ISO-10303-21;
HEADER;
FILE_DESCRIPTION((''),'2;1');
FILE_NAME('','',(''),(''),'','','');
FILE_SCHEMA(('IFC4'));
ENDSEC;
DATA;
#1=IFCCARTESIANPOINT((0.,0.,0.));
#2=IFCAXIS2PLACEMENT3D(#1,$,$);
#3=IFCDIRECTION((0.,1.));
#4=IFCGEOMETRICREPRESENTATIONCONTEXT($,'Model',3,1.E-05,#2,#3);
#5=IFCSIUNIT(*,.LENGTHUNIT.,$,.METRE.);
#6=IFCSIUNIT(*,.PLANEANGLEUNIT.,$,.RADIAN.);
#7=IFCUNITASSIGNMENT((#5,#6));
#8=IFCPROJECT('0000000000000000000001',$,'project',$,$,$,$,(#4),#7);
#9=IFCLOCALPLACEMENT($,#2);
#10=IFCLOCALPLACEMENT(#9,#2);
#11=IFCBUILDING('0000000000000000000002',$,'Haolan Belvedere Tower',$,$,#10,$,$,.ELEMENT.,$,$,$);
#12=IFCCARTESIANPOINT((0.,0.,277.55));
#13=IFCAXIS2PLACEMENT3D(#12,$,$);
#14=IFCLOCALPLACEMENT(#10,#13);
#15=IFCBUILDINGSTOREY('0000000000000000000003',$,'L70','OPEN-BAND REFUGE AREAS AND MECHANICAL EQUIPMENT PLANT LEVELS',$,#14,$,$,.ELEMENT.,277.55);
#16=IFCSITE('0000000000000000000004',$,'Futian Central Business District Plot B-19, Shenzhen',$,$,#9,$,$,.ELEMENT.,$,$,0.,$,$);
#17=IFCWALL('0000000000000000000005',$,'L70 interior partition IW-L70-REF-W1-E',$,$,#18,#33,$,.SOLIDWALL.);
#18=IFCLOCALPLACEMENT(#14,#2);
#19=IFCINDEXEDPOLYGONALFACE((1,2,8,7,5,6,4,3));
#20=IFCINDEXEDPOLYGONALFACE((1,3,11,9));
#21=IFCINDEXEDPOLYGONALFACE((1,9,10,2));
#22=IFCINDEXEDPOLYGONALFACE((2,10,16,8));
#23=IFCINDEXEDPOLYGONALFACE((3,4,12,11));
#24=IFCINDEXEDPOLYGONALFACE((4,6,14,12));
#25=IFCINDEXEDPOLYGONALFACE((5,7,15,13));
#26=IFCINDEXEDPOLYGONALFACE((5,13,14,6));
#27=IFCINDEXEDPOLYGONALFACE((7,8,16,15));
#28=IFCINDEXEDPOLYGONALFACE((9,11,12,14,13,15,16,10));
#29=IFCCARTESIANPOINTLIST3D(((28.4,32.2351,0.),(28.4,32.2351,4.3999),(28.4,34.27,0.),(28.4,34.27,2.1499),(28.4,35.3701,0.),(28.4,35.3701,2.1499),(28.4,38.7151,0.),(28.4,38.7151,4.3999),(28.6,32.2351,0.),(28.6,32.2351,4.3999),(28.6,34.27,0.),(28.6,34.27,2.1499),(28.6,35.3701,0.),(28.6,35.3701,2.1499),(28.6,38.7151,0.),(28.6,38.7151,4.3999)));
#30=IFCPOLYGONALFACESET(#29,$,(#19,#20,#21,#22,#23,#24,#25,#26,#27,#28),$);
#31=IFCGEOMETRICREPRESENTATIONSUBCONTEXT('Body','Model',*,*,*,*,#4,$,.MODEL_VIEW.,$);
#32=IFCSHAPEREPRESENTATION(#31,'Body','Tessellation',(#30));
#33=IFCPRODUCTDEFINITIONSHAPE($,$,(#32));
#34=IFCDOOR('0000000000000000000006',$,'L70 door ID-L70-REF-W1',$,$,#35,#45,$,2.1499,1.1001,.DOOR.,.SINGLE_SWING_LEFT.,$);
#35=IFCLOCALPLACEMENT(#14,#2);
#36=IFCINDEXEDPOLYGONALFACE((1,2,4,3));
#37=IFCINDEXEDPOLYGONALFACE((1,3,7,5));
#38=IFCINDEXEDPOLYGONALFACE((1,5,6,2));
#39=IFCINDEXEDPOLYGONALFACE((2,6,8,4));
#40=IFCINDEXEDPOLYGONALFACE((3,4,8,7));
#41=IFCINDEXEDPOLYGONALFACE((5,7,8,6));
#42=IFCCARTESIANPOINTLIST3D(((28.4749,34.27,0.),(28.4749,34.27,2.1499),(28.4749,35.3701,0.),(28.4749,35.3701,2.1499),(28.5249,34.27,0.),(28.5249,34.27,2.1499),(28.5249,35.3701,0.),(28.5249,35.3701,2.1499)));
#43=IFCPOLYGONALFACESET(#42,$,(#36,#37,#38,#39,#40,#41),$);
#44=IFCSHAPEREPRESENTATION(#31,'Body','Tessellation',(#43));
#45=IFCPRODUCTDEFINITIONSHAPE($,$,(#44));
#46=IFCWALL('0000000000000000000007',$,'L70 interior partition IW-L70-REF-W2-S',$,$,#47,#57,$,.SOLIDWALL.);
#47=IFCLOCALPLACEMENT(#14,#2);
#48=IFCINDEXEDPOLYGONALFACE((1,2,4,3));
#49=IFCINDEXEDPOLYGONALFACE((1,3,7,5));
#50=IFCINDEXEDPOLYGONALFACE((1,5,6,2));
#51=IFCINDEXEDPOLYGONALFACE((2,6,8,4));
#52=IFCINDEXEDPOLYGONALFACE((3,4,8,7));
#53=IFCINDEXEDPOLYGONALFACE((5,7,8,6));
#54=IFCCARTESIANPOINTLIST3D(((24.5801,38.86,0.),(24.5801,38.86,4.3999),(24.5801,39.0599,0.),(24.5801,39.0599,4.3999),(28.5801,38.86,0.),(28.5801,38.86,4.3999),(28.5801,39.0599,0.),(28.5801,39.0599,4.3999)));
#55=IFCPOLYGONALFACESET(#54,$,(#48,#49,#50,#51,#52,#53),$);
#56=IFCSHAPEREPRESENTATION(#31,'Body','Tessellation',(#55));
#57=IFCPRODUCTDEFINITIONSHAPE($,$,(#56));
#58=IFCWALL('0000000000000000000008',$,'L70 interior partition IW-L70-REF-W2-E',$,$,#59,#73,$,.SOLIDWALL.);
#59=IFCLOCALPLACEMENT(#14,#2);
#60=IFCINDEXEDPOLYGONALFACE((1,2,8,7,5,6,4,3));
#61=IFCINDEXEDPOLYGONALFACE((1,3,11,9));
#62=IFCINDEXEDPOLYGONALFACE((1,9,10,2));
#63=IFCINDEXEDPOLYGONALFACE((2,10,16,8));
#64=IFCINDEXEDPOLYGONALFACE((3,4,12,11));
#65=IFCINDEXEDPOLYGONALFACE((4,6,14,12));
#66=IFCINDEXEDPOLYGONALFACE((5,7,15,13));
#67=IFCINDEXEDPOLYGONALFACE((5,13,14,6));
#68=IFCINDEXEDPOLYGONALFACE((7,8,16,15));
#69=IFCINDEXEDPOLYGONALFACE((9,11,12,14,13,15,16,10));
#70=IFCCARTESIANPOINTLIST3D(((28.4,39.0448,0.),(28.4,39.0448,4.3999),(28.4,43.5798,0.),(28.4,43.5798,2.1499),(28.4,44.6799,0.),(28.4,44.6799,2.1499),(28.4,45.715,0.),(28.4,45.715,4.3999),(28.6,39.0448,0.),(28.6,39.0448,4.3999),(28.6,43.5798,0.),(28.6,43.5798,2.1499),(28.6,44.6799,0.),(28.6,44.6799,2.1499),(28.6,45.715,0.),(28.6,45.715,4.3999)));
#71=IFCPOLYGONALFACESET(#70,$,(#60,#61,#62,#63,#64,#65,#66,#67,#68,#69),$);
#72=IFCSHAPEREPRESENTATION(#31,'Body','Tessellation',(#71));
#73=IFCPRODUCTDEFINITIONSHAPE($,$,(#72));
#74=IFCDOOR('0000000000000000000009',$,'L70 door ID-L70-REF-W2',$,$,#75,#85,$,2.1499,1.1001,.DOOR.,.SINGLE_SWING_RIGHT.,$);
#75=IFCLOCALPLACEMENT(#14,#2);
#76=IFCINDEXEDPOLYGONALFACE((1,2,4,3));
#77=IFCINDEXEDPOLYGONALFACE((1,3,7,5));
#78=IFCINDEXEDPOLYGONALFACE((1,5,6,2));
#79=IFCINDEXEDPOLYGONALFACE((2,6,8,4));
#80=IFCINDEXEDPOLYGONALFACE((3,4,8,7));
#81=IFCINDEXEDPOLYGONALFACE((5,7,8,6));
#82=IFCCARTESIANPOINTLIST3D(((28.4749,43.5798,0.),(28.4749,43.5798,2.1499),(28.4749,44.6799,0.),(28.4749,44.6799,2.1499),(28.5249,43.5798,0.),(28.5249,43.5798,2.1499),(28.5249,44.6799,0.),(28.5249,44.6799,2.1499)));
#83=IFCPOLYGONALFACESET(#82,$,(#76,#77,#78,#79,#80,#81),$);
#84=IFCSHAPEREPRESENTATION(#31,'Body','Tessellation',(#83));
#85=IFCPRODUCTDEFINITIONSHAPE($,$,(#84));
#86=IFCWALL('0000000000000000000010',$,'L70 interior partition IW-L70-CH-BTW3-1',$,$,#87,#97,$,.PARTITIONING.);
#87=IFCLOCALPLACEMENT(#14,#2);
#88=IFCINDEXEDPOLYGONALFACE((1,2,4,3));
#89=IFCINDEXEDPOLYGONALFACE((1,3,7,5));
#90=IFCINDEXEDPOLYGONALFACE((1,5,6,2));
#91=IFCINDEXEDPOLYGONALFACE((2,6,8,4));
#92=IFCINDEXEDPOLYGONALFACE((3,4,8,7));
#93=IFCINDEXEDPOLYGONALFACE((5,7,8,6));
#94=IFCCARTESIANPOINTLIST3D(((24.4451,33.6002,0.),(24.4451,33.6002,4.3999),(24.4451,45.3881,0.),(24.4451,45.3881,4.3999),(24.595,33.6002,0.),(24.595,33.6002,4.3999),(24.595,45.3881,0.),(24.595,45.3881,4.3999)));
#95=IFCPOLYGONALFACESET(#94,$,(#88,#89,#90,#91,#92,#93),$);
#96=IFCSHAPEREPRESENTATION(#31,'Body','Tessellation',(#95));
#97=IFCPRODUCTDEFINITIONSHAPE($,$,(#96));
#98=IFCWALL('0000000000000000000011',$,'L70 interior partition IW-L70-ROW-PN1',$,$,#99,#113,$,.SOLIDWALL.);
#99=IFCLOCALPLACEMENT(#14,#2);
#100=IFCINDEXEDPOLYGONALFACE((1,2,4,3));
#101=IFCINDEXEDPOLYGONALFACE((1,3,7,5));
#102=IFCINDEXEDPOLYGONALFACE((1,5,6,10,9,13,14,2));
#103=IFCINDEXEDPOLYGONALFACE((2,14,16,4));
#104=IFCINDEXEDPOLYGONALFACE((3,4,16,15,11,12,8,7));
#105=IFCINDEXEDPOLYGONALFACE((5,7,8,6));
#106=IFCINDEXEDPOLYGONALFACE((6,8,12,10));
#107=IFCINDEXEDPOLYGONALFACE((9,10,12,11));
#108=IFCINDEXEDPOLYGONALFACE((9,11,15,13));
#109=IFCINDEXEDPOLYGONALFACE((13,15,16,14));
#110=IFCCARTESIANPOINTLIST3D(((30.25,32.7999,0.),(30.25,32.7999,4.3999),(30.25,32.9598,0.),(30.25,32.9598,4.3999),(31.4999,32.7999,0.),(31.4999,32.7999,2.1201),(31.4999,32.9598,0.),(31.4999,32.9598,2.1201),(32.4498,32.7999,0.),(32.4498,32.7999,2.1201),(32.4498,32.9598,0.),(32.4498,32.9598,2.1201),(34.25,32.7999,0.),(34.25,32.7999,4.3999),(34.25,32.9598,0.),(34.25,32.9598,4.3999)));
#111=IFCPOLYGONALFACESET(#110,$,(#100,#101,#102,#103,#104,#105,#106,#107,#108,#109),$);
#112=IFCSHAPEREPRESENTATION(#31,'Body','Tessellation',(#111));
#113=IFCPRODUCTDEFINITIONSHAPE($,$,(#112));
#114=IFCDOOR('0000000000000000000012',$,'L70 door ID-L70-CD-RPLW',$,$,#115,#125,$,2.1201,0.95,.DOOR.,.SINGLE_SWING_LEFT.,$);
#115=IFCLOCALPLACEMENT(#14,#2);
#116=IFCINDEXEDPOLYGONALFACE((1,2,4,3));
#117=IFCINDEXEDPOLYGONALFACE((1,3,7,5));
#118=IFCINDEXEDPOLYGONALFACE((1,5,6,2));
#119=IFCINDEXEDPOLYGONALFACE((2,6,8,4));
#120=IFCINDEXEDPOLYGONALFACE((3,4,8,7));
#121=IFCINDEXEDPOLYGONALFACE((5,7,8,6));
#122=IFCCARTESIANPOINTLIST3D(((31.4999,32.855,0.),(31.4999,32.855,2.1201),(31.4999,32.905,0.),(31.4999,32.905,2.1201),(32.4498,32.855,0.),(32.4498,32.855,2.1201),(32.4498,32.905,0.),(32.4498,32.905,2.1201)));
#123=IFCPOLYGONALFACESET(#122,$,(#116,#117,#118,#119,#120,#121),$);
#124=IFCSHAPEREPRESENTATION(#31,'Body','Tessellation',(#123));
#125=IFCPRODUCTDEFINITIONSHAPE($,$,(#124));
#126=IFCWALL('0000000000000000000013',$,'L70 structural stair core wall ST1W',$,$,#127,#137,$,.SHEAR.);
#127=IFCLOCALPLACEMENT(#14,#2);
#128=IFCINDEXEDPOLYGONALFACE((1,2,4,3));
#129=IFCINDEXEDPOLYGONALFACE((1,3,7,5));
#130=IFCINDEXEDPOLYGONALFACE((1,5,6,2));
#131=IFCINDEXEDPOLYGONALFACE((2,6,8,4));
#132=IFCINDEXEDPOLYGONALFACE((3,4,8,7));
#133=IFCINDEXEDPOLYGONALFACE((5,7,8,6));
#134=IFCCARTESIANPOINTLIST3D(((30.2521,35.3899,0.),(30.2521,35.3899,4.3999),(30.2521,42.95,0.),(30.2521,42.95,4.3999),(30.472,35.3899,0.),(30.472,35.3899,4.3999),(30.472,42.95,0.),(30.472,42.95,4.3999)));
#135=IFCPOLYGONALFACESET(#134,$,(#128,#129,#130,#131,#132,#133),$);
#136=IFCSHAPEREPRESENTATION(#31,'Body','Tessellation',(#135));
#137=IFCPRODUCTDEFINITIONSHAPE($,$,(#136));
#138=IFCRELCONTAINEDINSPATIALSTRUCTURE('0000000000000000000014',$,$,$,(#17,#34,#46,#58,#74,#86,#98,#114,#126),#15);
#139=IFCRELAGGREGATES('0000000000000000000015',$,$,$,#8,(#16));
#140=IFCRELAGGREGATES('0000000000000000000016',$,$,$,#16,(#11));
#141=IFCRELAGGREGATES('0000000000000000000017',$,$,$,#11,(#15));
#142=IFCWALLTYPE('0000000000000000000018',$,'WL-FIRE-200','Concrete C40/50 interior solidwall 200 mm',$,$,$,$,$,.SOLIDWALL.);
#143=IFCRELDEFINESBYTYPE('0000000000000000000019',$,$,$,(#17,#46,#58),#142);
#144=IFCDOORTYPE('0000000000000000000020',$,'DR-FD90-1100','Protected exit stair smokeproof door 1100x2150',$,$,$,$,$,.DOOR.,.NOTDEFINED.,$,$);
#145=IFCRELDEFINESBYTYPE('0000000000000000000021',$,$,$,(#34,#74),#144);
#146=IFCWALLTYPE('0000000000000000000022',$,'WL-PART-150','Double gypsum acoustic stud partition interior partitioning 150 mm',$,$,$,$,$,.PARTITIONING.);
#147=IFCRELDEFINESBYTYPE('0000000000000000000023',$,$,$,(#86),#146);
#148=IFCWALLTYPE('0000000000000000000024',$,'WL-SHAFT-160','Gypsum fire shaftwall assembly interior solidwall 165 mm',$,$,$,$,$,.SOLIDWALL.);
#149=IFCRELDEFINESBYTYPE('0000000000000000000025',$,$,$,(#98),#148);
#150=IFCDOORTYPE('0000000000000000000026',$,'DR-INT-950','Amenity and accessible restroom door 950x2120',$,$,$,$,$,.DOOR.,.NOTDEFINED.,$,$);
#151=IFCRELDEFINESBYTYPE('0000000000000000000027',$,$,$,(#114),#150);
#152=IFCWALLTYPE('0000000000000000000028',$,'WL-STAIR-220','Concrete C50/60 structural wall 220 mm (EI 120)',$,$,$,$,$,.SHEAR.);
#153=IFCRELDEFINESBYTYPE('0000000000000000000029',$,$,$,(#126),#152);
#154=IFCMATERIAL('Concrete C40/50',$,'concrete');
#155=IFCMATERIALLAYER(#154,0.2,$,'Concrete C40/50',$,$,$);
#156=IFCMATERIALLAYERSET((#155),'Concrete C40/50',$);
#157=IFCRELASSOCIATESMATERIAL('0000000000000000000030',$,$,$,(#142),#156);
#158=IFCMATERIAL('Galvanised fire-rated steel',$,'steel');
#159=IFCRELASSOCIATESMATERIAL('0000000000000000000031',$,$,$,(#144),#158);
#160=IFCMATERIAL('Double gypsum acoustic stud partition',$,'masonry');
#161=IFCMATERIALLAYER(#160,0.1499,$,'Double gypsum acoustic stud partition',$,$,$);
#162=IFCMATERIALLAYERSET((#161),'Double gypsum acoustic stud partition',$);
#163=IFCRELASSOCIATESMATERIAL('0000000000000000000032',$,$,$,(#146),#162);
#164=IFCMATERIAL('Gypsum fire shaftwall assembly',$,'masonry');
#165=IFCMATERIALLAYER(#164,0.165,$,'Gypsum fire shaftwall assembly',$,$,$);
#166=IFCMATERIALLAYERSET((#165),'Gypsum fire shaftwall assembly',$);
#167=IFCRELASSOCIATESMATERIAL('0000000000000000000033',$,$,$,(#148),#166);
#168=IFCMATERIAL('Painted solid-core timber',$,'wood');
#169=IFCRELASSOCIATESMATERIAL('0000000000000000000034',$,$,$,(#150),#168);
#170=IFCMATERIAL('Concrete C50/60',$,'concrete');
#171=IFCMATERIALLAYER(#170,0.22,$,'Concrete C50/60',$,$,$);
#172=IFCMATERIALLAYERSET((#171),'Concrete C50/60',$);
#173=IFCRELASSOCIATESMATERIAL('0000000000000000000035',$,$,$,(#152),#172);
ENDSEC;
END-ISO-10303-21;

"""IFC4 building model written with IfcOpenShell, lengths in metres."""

from ifc_helpers import new_model, si_unit, direction, frame, frame_2d, origin, place, context, subcontext, project, spatial, rectangle, extrude, material, layer, layer_set, type_object, element, fill, save


model = new_model("IFC4")

# Units and contexts
model_context = context("Model", 3, precision=1e-05, world=origin(), true_north=direction((0.0, 1.0)))
body_context = subcontext(model_context, "Body", "Model", "MODEL_VIEW")
ifc_project = project(units=[si_unit("LENGTHUNIT", "METRE"), si_unit("PLANEANGLEUNIT", "RADIAN")], contexts=[model_context])

# Site, building, storey
site_placement = place(None, origin())
site = spatial("IfcSite", under=ifc_project, at=site_placement, Name="Futian Central Business District Plot B-19, Shenzhen", CompositionType="ELEMENT", RefElevation=0.0)
building_placement = place(site_placement, origin())
building = spatial("IfcBuilding", under=site, at=building_placement, Name="Haolan Belvedere Tower", CompositionType="ELEMENT")
storey_placement = place(building_placement, frame((0.0, 0.0, 277.55)))
storey = spatial("IfcBuildingStorey", under=building, at=storey_placement, Name="L70", Description="OPEN-BAND REFUGE AREAS AND MECHANICAL EQUIPMENT PLANT LEVELS", CompositionType="ELEMENT", Elevation=277.55)

# Shared definitions
ifc_material_1 = material(Name="Concrete C50/60", Category="concrete")
ifc_material_2 = material(Name="Concrete C40/50", Category="concrete")
ifc_layer_1 = layer(ifc_material_2, 0.2, Name="Concrete C40/50")
ifc_layer_set_1 = layer_set([ifc_layer_1], Name="Concrete C40/50")
wall_type_1 = type_object("IfcWallType", Name="WL-FIRE-200", Description="Concrete C40/50 interior solidwall 200 mm", PredefinedType="SOLIDWALL", material=ifc_layer_set_1)

# Wall, opening, door
wall_1_placement = place(storey_placement, frame((28.5, 32.2351, 0.0), z_axis=(0.0, 0.0, 1.0), x_axis=(0.0, 1.0, 0.0)))
wall_1 = element("IfcWall", 1, at=wall_1_placement, inside=storey, type_object=wall_type_1, Name="L70 interior partition IW-L70-REF-W1-E", PredefinedType="SOLIDWALL", context=body_context, shape_type="SweptSolid", body=[
    extrude(rectangle(XDim=6.48, YDim=0.2, at=frame_2d((3.24, 0.0))), origin(), (0.0, 0.0, 1.0), 4.3999),
])
opening_1_placement = place(wall_1_placement, frame((3.135, 0.0, 0.0), z_axis=(0.0, 0.0, 1.0), x_axis=(-1.0, 0.0, 0.0)))
opening_1 = element("IfcOpeningElement", 2, at=opening_1_placement, cuts=wall_1, PredefinedType="OPENING", context=body_context, shape_type="SweptSolid", body=[
    extrude(rectangle(XDim=1.1001, YDim=2.1499, at=frame_2d((0.55, 1.075))), frame((0.0, 0.1099, 0.0), z_axis=(0.0, -1.0, 0.0), x_axis=(1.0, 0.0, 0.0)), (0.0, 0.0, 1.0), 0.22),
])
ifc_material_3 = material(Name="Galvanised fire-rated steel", Category="steel")
door_type_1 = type_object("IfcDoorType", Name="DR-FD90-1100", Description="Protected exit stair smokeproof door 1100x2150", OperationType="NOTDEFINED", PredefinedType="DOOR", material=ifc_material_3)
door_1_placement = place(opening_1_placement, origin())
door_1 = element("IfcDoor", 3, at=door_1_placement, inside=storey, type_object=door_type_1, Name="L70 door ID-L70-REF-W1", OperationType="SINGLE_SWING_LEFT", OverallHeight=2.1499, OverallWidth=1.1001, PredefinedType="DOOR", context=body_context, shape_type="SweptSolid", body=[
    extrude(rectangle(XDim=1.1001, YDim=2.1499, at=frame_2d((0.55, 1.075))), frame((0.0, 0.0249, 0.0), z_axis=(0.0, -1.0, 0.0), x_axis=(1.0, 0.0, 0.0)), (0.0, 0.0, 1.0), 0.05),
])
fill(opening_1, door_1)

# Wall
wall_2_placement = place(storey_placement, frame((24.5801, 38.96, 0.0), z_axis=(0.0, 0.0, 1.0), x_axis=(1.0, 0.0, 0.0)))
element("IfcWall", 4, at=wall_2_placement, inside=storey, type_object=wall_type_1, Name="L70 interior partition IW-L70-REF-W2-S", PredefinedType="SOLIDWALL", context=body_context, shape_type="SweptSolid", body=[
    extrude(rectangle(XDim=4.0, YDim=0.2, at=frame_2d((2.0, 0.0))), origin(), (0.0, 0.0, 1.0), 4.3999),
])

# Wall, opening, door
wall_3_placement = place(storey_placement, frame((28.5, 39.0449, 0.0), z_axis=(0.0, 0.0, 1.0), x_axis=(0.0, 1.0, 0.0)))
wall_3 = element("IfcWall", 5, at=wall_3_placement, inside=storey, type_object=wall_type_1, Name="L70 interior partition IW-L70-REF-W2-E", PredefinedType="SOLIDWALL", context=body_context, shape_type="SweptSolid", body=[
    extrude(rectangle(XDim=6.6702, YDim=0.2, at=frame_2d((3.335, 0.0))), origin(), (0.0, 0.0, 1.0), 4.3999),
])
opening_2_placement = place(wall_3_placement, frame((5.635, 0.0, 0.0), z_axis=(0.0, 0.0, 1.0), x_axis=(-1.0, 0.0, 0.0)))
opening_2 = element("IfcOpeningElement", 6, at=opening_2_placement, cuts=wall_3, PredefinedType="OPENING", context=body_context, shape_type="SweptSolid", body=[
    extrude(rectangle(XDim=1.1001, YDim=2.1499, at=frame_2d((0.55, 1.075))), frame((0.0, 0.1099, 0.0), z_axis=(0.0, -1.0, 0.0), x_axis=(1.0, 0.0, 0.0)), (0.0, 0.0, 1.0), 0.22),
])
door_2_placement = place(opening_2_placement, origin())
door_2 = element("IfcDoor", 7, at=door_2_placement, inside=storey, type_object=door_type_1, Name="L70 door ID-L70-REF-W2", OperationType="SINGLE_SWING_RIGHT", OverallHeight=2.1499, OverallWidth=1.1001, PredefinedType="DOOR", context=body_context, shape_type="SweptSolid", body=[
    extrude(rectangle(XDim=1.1001, YDim=2.1499, at=frame_2d((0.55, 1.075))), frame((0.0, 0.0249, 0.0), z_axis=(0.0, -1.0, 0.0), x_axis=(1.0, 0.0, 0.0)), (0.0, 0.0, 1.0), 0.05),
])
fill(opening_2, door_2)

# Wall
ifc_material_4 = material(Name="Double gypsum acoustic stud partition", Category="masonry")
ifc_layer_2 = layer(ifc_material_4, 0.1499, Name="Double gypsum acoustic stud partition")
ifc_layer_set_2 = layer_set([ifc_layer_2], Name="Double gypsum acoustic stud partition")
wall_type_2 = type_object("IfcWallType", Name="WL-PART-150", Description="Double gypsum acoustic stud partition interior partitioning 150 mm", PredefinedType="PARTITIONING", material=ifc_layer_set_2)
wall_4_placement = place(storey_placement, frame((24.52, 33.6001, 0.0), z_axis=(0.0, 0.0, 1.0), x_axis=(0.0, 1.0, 0.0)))
element("IfcWall", 8, at=wall_4_placement, inside=storey, type_object=wall_type_2, Name="L70 interior partition IW-L70-CH-BTW3-1", PredefinedType="PARTITIONING", context=body_context, shape_type="SweptSolid", body=[
    extrude(rectangle(XDim=11.7878, YDim=0.1499, at=frame_2d((5.894, 0.0))), origin(), (0.0, 0.0, 1.0), 4.3999),
])

# Wall, opening, door
ifc_material_5 = material(Name="Gypsum fire shaftwall assembly", Category="masonry")
ifc_layer_3 = layer(ifc_material_5, 0.165, Name="Gypsum fire shaftwall assembly")
ifc_layer_set_3 = layer_set([ifc_layer_3], Name="Gypsum fire shaftwall assembly")
wall_type_3 = type_object("IfcWallType", Name="WL-SHAFT-160", Description="Gypsum fire shaftwall assembly interior solidwall 165 mm", PredefinedType="SOLIDWALL", material=ifc_layer_set_3)
wall_5_placement = place(storey_placement, frame((30.25, 32.8799, 0.0), z_axis=(0.0, 0.0, 1.0), x_axis=(1.0, 0.0, 0.0)))
wall_5 = element("IfcWall", 9, at=wall_5_placement, inside=storey, type_object=wall_type_3, Name="L70 interior partition IW-L70-ROW-PN1", PredefinedType="SOLIDWALL", context=body_context, shape_type="SweptSolid", body=[
    extrude(rectangle(XDim=4.0, YDim=0.1599, at=frame_2d((2.0, 0.0))), origin(), (0.0, 0.0, 1.0), 4.3999),
])
opening_3_placement = place(wall_5_placement, frame((2.2, 0.0, 0.0), z_axis=(0.0, 0.0, 1.0), x_axis=(-1.0, 0.0, 0.0)))
opening_3 = element("IfcOpeningElement", 10, at=opening_3_placement, cuts=wall_5, PredefinedType="OPENING", context=body_context, shape_type="SweptSolid", body=[
    extrude(rectangle(XDim=0.95, YDim=2.1201, at=frame_2d((0.4751, 1.0601))), frame((0.0, 0.0898, 0.0), z_axis=(0.0, -1.0, 0.0), x_axis=(1.0, 0.0, 0.0)), (0.0, 0.0, 1.0), 0.1799),
])
ifc_material_6 = material(Name="Painted solid-core timber", Category="wood")
door_type_2 = type_object("IfcDoorType", Name="DR-INT-950", Description="Amenity and accessible restroom door 950x2120", OperationType="NOTDEFINED", PredefinedType="DOOR", material=ifc_material_6)
door_3_placement = place(opening_3_placement, origin())
door_3 = element("IfcDoor", 11, at=door_3_placement, inside=storey, type_object=door_type_2, Name="L70 door ID-L70-CD-RPLW", OperationType="SINGLE_SWING_LEFT", OverallHeight=2.1201, OverallWidth=0.95, PredefinedType="DOOR", context=body_context, shape_type="SweptSolid", body=[
    extrude(rectangle(XDim=0.95, YDim=2.1201, at=frame_2d((0.4751, 1.0601))), frame((0.0, 0.0249, 0.0), z_axis=(0.0, -1.0, 0.0), x_axis=(1.0, 0.0, 0.0)), (0.0, 0.0, 1.0), 0.05),
])
fill(opening_3, door_3)

# Wall
ifc_layer_4 = layer(ifc_material_1, 0.22, Name="Concrete C50/60")
ifc_layer_set_4 = layer_set([ifc_layer_4], Name="Concrete C50/60")
wall_type_4 = type_object("IfcWallType", Name="WL-STAIR-220", Description="Concrete C50/60 structural wall 220 mm (EI 120)", PredefinedType="SHEAR", material=ifc_layer_set_4)
wall_6_placement = place(storey_placement, frame((30.3621, 35.3899, 0.0), z_axis=(0.0, 0.0, 1.0), x_axis=(0.0, 1.0, 0.0)))
element("IfcWall", 12, at=wall_6_placement, inside=storey, type_object=wall_type_4, Name="L70 structural stair core wall ST1W", PredefinedType="SHEAR", context=body_context, shape_type="SweptSolid", body=[
    extrude(rectangle(XDim=7.5601, YDim=0.22, at=frame_2d((3.78, 0.0))), origin(), (0.0, 0.0, 1.0), 4.3999),
])

save(model, "model.ifc")
